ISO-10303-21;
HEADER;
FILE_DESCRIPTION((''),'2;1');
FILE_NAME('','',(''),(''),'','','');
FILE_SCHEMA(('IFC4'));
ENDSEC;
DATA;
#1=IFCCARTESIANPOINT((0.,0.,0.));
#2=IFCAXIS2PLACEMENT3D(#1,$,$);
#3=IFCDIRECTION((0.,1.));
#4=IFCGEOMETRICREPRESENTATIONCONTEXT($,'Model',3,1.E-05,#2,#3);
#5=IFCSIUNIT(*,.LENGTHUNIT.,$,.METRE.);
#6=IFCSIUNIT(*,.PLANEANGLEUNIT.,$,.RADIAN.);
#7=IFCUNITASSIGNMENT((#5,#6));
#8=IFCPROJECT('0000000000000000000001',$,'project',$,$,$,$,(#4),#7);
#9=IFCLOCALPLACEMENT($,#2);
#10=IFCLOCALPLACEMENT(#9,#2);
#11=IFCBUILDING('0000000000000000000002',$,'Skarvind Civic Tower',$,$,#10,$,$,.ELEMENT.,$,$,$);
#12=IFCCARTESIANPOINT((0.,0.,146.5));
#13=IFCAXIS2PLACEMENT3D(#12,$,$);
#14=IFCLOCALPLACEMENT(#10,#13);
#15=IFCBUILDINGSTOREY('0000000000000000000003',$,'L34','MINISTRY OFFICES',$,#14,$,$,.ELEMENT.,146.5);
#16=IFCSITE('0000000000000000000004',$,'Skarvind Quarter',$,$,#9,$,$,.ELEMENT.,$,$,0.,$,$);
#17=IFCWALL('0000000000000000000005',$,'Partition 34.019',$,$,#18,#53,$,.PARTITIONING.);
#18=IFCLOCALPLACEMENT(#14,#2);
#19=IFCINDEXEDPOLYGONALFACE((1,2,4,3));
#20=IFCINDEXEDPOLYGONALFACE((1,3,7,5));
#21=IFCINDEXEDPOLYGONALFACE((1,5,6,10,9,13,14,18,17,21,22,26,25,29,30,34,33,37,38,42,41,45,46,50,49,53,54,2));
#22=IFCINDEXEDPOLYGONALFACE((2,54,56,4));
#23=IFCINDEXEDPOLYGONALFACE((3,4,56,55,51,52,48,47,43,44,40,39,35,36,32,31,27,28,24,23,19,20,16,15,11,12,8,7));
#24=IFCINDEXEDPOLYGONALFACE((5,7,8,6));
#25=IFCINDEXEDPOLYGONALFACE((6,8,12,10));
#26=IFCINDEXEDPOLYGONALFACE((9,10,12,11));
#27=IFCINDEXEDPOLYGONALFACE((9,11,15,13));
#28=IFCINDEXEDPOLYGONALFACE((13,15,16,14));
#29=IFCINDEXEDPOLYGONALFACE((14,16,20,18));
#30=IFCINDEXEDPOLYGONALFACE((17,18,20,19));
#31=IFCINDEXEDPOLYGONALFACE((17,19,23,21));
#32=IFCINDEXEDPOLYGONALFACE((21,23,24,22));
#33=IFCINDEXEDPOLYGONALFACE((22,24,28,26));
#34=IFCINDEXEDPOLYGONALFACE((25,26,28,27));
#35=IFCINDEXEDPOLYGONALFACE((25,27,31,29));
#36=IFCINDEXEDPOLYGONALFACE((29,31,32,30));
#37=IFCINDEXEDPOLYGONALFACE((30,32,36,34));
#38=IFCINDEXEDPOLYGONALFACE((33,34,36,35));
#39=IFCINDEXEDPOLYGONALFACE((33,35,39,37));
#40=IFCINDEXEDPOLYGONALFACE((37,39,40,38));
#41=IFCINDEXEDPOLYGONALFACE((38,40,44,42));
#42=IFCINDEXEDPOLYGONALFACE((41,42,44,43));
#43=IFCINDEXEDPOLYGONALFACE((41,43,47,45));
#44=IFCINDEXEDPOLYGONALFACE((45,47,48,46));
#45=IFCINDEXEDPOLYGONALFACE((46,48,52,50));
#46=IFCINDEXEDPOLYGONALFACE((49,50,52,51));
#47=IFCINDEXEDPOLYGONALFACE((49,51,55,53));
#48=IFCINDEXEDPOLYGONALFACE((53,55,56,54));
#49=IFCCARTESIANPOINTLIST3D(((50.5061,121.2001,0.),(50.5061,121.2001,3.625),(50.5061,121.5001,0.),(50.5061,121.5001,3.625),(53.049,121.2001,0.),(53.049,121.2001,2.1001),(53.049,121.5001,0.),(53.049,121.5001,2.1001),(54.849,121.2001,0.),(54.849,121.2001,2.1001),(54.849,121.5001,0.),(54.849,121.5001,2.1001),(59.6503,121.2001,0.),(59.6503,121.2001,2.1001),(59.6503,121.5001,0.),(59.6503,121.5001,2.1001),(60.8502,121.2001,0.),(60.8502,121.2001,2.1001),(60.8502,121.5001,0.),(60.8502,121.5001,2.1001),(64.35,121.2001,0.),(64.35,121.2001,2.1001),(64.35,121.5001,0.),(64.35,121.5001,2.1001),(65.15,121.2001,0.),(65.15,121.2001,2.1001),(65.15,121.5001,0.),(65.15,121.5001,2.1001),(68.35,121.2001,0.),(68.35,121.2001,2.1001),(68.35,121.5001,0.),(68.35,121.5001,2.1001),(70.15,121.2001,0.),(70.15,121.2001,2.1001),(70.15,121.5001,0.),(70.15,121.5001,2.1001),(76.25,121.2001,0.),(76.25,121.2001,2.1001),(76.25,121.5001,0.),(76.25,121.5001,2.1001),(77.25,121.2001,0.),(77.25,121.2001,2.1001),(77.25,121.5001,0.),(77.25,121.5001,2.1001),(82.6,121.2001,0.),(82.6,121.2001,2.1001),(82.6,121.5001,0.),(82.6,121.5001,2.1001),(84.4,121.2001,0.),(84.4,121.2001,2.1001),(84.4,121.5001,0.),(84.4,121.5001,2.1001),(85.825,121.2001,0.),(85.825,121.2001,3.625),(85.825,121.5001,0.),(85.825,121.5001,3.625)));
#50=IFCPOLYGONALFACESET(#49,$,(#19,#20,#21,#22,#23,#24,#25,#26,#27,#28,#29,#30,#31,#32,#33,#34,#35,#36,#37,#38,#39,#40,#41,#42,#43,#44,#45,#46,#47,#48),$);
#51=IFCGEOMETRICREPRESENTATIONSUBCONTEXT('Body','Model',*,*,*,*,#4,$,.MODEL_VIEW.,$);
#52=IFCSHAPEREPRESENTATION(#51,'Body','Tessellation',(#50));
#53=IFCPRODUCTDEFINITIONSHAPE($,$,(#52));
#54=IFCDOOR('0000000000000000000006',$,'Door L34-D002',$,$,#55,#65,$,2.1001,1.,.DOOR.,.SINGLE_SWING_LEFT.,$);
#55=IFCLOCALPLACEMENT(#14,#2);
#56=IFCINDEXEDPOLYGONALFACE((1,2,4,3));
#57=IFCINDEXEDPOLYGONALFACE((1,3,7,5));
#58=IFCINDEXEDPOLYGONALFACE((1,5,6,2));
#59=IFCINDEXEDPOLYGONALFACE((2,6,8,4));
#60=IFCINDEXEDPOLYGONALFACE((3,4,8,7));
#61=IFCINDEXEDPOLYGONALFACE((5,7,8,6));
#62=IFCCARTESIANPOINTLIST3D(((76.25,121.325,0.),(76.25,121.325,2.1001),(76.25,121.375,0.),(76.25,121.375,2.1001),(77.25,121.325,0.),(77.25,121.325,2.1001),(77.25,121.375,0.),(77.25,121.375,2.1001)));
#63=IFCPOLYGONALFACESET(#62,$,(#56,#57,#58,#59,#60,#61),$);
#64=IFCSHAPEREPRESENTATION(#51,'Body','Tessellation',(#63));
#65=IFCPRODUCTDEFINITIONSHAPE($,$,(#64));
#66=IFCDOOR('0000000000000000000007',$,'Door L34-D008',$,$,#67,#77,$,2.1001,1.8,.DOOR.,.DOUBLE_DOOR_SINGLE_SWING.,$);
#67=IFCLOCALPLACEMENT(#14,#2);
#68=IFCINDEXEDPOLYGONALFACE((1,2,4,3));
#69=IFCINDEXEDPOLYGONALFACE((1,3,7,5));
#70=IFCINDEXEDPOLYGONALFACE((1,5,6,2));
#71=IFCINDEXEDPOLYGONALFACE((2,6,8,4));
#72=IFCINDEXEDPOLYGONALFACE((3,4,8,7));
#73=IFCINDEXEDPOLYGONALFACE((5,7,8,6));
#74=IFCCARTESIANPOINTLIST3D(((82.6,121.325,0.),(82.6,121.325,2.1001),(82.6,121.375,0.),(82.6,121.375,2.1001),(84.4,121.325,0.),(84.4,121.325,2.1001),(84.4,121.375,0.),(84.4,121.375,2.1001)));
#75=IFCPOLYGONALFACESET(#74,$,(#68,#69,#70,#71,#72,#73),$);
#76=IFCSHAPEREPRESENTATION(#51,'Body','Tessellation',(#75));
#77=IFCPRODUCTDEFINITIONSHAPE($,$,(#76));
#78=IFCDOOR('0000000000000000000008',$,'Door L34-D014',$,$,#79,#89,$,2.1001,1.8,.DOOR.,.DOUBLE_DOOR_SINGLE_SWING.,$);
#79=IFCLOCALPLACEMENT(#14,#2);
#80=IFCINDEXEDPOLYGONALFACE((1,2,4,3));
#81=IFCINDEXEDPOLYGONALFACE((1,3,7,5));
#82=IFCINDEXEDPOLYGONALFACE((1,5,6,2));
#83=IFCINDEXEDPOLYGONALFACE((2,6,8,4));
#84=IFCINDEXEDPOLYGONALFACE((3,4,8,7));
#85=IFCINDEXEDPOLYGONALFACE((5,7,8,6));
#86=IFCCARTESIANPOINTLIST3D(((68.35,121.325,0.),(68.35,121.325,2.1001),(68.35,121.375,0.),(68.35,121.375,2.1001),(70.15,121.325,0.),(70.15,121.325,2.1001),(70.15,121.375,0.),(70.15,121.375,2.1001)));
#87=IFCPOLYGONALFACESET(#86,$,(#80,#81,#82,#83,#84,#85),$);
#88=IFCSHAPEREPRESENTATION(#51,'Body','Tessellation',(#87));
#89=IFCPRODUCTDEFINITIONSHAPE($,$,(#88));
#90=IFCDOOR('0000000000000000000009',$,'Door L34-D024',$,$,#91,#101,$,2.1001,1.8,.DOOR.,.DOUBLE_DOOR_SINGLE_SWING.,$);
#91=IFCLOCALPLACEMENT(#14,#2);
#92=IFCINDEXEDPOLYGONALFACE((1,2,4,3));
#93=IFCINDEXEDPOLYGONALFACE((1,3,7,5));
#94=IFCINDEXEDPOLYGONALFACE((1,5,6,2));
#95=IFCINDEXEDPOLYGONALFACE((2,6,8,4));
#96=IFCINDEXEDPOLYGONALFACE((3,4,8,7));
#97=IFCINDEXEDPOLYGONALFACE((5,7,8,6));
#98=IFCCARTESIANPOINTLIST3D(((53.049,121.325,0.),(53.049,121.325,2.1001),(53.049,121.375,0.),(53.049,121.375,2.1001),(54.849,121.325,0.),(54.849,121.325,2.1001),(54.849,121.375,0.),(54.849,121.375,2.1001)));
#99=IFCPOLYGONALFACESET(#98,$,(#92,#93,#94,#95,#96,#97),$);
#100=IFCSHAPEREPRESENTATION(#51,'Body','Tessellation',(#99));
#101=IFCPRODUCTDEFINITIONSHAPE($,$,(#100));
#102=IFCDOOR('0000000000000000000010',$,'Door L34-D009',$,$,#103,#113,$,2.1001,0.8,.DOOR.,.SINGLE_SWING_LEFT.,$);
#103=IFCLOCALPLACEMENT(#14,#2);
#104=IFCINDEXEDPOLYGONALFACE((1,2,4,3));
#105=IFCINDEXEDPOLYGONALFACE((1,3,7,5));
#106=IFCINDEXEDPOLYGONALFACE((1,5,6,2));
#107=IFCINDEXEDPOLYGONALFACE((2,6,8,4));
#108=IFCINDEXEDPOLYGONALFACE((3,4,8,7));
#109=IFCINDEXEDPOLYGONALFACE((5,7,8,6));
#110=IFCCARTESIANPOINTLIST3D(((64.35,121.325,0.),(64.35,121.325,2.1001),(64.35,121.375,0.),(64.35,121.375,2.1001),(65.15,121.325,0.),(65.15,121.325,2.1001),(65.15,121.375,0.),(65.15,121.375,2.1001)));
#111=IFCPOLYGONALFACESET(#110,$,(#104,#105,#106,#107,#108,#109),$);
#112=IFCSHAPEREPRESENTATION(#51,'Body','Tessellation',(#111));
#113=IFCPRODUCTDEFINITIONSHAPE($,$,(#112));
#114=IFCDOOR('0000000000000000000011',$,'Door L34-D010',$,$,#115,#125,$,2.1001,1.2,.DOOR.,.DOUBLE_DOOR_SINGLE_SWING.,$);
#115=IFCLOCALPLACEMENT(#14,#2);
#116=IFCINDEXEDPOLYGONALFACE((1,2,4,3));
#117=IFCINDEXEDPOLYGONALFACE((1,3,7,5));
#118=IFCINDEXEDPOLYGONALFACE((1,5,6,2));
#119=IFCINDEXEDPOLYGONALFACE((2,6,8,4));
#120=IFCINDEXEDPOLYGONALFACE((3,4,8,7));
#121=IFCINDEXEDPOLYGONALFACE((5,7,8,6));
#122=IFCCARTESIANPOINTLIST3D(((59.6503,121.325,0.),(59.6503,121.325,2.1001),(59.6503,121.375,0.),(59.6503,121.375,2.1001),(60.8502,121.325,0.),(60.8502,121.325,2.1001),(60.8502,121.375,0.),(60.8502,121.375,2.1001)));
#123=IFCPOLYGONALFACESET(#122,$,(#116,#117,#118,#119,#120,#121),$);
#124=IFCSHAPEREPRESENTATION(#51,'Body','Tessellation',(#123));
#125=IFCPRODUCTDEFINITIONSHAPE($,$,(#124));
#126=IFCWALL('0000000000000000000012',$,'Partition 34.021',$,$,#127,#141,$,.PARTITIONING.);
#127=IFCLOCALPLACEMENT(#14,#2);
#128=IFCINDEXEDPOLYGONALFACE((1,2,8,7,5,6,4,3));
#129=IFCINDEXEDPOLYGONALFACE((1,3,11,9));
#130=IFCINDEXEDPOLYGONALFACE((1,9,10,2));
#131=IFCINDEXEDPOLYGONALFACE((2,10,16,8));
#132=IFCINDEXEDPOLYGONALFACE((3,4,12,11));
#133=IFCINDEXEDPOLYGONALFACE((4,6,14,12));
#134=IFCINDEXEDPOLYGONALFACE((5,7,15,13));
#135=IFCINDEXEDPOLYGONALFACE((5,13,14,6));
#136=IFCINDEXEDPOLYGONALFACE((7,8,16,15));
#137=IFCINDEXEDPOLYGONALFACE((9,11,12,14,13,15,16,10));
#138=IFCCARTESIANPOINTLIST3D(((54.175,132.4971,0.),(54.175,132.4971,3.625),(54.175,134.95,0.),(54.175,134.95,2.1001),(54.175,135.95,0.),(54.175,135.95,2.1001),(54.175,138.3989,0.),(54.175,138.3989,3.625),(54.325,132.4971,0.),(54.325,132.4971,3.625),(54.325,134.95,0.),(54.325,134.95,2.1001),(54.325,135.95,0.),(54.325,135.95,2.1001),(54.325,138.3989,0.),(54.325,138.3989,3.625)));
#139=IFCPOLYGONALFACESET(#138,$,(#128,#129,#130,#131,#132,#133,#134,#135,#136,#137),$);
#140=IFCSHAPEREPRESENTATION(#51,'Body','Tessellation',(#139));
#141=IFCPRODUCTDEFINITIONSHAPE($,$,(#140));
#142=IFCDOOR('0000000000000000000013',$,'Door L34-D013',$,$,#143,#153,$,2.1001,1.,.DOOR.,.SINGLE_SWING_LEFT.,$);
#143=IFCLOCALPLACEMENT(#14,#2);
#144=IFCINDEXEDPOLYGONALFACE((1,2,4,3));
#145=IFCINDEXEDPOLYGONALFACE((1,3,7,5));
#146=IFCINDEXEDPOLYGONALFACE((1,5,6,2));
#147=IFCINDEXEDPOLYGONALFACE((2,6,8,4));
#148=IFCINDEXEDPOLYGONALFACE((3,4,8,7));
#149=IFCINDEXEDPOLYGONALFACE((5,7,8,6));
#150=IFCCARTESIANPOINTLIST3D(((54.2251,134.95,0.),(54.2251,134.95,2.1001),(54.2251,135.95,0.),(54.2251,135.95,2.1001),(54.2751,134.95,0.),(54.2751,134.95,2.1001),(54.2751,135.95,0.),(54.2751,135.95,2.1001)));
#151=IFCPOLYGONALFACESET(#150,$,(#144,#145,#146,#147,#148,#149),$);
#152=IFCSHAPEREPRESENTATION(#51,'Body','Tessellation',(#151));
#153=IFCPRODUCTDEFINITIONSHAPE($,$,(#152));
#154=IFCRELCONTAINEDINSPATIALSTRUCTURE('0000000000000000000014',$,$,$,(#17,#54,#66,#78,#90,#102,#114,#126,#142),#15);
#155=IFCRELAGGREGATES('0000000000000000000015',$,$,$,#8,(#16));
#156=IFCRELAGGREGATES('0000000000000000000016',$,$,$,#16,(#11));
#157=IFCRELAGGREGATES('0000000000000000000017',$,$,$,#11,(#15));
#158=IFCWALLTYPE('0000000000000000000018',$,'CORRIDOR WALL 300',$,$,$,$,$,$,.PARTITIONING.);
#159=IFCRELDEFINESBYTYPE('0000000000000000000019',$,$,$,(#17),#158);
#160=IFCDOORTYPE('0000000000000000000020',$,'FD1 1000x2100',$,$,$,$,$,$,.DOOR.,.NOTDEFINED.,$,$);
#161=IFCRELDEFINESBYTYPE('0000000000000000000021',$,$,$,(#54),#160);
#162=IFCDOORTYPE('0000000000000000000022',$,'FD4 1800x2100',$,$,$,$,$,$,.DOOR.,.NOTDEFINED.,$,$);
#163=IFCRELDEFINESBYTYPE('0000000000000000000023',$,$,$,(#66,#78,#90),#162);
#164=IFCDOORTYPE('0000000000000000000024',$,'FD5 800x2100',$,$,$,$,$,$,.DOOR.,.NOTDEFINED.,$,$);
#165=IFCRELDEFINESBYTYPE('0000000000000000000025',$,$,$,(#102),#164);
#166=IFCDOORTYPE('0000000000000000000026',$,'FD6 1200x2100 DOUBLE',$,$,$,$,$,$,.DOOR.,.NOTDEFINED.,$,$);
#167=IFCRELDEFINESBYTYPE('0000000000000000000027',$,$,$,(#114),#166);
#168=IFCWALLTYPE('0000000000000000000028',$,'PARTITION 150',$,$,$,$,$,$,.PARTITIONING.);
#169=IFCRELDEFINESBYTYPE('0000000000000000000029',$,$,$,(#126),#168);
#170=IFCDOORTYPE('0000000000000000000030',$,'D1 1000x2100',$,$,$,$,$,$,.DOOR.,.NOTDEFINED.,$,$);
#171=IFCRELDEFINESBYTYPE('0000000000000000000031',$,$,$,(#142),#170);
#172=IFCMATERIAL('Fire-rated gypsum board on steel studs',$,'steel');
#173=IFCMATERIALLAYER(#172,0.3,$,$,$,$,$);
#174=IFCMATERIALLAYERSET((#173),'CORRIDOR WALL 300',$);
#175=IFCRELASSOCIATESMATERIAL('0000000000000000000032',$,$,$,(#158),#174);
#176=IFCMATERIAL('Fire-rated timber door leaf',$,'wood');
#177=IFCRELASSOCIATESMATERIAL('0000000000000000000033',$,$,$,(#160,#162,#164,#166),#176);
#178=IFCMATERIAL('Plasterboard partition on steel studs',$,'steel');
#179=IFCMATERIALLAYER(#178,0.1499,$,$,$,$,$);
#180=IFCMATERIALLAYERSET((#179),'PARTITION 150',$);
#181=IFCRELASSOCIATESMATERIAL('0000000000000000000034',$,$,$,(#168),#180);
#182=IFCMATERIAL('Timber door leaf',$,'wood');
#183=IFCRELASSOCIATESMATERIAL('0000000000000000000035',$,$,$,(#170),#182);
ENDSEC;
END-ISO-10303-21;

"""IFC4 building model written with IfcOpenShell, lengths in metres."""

from ifc_helpers import new_model, si_unit, direction, frame, frame_2d, origin, place, context, subcontext, project, spatial, rectangle, extrude, material, layer, layer_set, type_object, element, fill, save


model = new_model("IFC4")

# Units and contexts
model_context = context("Model", 3, precision=1e-05, world=origin(), true_north=direction((0.0, 1.0)))
body_context = subcontext(model_context, "Body", "Model", "MODEL_VIEW")
ifc_project = project(units=[si_unit("LENGTHUNIT", "METRE"), si_unit("PLANEANGLEUNIT", "RADIAN")], contexts=[model_context])

# Site, building, storey
site_placement = place(None, origin())
site = spatial("IfcSite", under=ifc_project, at=site_placement, Name="Skarvind Quarter", CompositionType="ELEMENT", RefElevation=0.0)
building_placement = place(site_placement, origin())
building = spatial("IfcBuilding", under=site, at=building_placement, Name="Skarvind Civic Tower", CompositionType="ELEMENT")
storey_placement = place(building_placement, frame((0.0, 0.0, 146.5)))
storey = spatial("IfcBuildingStorey", under=building, at=storey_placement, Name="L34", Description="MINISTRY OFFICES", CompositionType="ELEMENT", Elevation=146.5)

# Wall, openings, doors
ifc_material_1 = material(Name="Fire-rated gypsum board on steel studs", Category="steel")
ifc_layer_1 = layer(ifc_material_1, 0.3)
ifc_layer_set_1 = layer_set([ifc_layer_1], Name="CORRIDOR WALL 300")
wall_type_1 = type_object("IfcWallType", Name="CORRIDOR WALL 300", PredefinedType="PARTITIONING", material=ifc_layer_set_1)
wall_1_placement = place(storey_placement, frame((50.5061, 121.3501, 0.0), z_axis=(0.0, 0.0, 1.0), x_axis=(1.0, 0.0, 0.0)))
wall_1 = element("IfcWall", 1, at=wall_1_placement, inside=storey, type_object=wall_type_1, Name="Partition 34.019", PredefinedType="PARTITIONING", context=body_context, shape_type="SweptSolid", body=[
    extrude(rectangle(XDim=35.3188, YDim=0.3, at=frame_2d((17.6594, 0.0))), origin(), (0.0, 0.0, 1.0), 3.625),
])
opening_1_placement = place(wall_1_placement, frame((25.7439, 0.0, 0.0)))
opening_1 = element("IfcOpeningElement", 2, at=opening_1_placement, cuts=wall_1, PredefinedType="OPENING", context=body_context, shape_type="SweptSolid", body=[
    extrude(rectangle(XDim=1.0, YDim=2.1001, at=frame_2d((0.5, 1.05))), frame((0.0, 0.1599, 0.0), z_axis=(0.0, -1.0, 0.0), x_axis=(1.0, 0.0, 0.0)), (0.0, 0.0, 1.0), 0.3201),
])
opening_2_placement = place(wall_1_placement, frame((32.094, 0.0, 0.0)))
opening_2 = element("IfcOpeningElement", 3, at=opening_2_placement, cuts=wall_1, PredefinedType="OPENING", context=body_context, shape_type="SweptSolid", body=[
    extrude(rectangle(XDim=1.8, YDim=2.1001, at=frame_2d((0.8999, 1.05))), frame((0.0, 0.1599, 0.0), z_axis=(0.0, -1.0, 0.0), x_axis=(1.0, 0.0, 0.0)), (0.0, 0.0, 1.0), 0.3201),
])
opening_3_placement = place(wall_1_placement, frame((13.844, 0.0, 0.0)))
opening_3 = element("IfcOpeningElement", 4, at=opening_3_placement, cuts=wall_1, PredefinedType="OPENING", context=body_context, shape_type="SweptSolid", body=[
    extrude(rectangle(XDim=0.8, YDim=2.1001, at=frame_2d((0.3999, 1.05))), frame((0.0, 0.1599, 0.0), z_axis=(0.0, -1.0, 0.0), x_axis=(1.0, 0.0, 0.0)), (0.0, 0.0, 1.0), 0.3201),
])
opening_4_placement = place(wall_1_placement, frame((9.144, 0.0, 0.0)))
opening_4 = element("IfcOpeningElement", 5, at=opening_4_placement, cuts=wall_1, PredefinedType="OPENING", context=body_context, shape_type="SweptSolid", body=[
    extrude(rectangle(XDim=1.2, YDim=2.1001, at=frame_2d((0.6001, 1.05))), frame((0.0, 0.1599, 0.0), z_axis=(0.0, -1.0, 0.0), x_axis=(1.0, 0.0, 0.0)), (0.0, 0.0, 1.0), 0.3201),
])
opening_5_placement = place(wall_1_placement, frame((17.844, 0.0, 0.0)))
opening_5 = element("IfcOpeningElement", 6, at=opening_5_placement, cuts=wall_1, PredefinedType="OPENING", context=body_context, shape_type="SweptSolid", body=[
    extrude(rectangle(XDim=1.8, YDim=2.1001, at=frame_2d((0.8999, 1.05))), frame((0.0, 0.1599, 0.0), z_axis=(0.0, -1.0, 0.0), x_axis=(1.0, 0.0, 0.0)), (0.0, 0.0, 1.0), 0.3201),
])
opening_6_placement = place(wall_1_placement, frame((2.543, 0.0, 0.0)))
opening_6 = element("IfcOpeningElement", 7, at=opening_6_placement, cuts=wall_1, PredefinedType="OPENING", context=body_context, shape_type="SweptSolid", body=[
    extrude(rectangle(XDim=1.8, YDim=2.1001, at=frame_2d((0.8999, 1.05))), frame((0.0, 0.1599, 0.0), z_axis=(0.0, -1.0, 0.0), x_axis=(1.0, 0.0, 0.0)), (0.0, 0.0, 1.0), 0.3201),
])
ifc_material_2 = material(Name="Fire-rated timber door leaf", Category="wood")
door_type_1 = type_object("IfcDoorType", Name="FD1 1000x2100", OperationType="NOTDEFINED", PredefinedType="DOOR", material=ifc_material_2)
door_1_placement = place(opening_1_placement, origin())
door_1 = element("IfcDoor", 8, at=door_1_placement, inside=storey, type_object=door_type_1, Name="Door L34-D002", OperationType="SINGLE_SWING_LEFT", OverallHeight=2.1001, OverallWidth=1.0, PredefinedType="DOOR", context=body_context, shape_type="SweptSolid", body=[
    extrude(rectangle(XDim=1.0, YDim=2.1001, at=frame_2d((0.5, 1.05))), frame((0.0, 0.0249, 0.0), z_axis=(0.0, -1.0, 0.0), x_axis=(1.0, 0.0, 0.0)), (0.0, 0.0, 1.0), 0.05),
])
fill(opening_1, door_1)
door_type_2 = type_object("IfcDoorType", Name="FD4 1800x2100", OperationType="NOTDEFINED", PredefinedType="DOOR", material=ifc_material_2)
door_2_placement = place(opening_2_placement, origin())
door_2 = element("IfcDoor", 9, at=door_2_placement, inside=storey, type_object=door_type_2, Name="Door L34-D008", OperationType="DOUBLE_DOOR_SINGLE_SWING", OverallHeight=2.1001, OverallWidth=1.8, PredefinedType="DOOR", context=body_context, shape_type="SweptSolid", body=[
    extrude(rectangle(XDim=1.8, YDim=2.1001, at=frame_2d((0.8999, 1.05))), frame((0.0, 0.0249, 0.0), z_axis=(0.0, -1.0, 0.0), x_axis=(1.0, 0.0, 0.0)), (0.0, 0.0, 1.0), 0.05),
])
fill(opening_2, door_2)
door_3_placement = place(opening_5_placement, origin())
door_3 = element("IfcDoor", 10, at=door_3_placement, inside=storey, type_object=door_type_2, Name="Door L34-D014", OperationType="DOUBLE_DOOR_SINGLE_SWING", OverallHeight=2.1001, OverallWidth=1.8, PredefinedType="DOOR", context=body_context, shape_type="SweptSolid", body=[
    extrude(rectangle(XDim=1.8, YDim=2.1001, at=frame_2d((0.8999, 1.05))), frame((0.0, 0.0249, 0.0), z_axis=(0.0, -1.0, 0.0), x_axis=(1.0, 0.0, 0.0)), (0.0, 0.0, 1.0), 0.05),
])
fill(opening_5, door_3)
door_4_placement = place(opening_6_placement, origin())
door_4 = element("IfcDoor", 11, at=door_4_placement, inside=storey, type_object=door_type_2, Name="Door L34-D024", OperationType="DOUBLE_DOOR_SINGLE_SWING", OverallHeight=2.1001, OverallWidth=1.8, PredefinedType="DOOR", context=body_context, shape_type="SweptSolid", body=[
    extrude(rectangle(XDim=1.8, YDim=2.1001, at=frame_2d((0.8999, 1.05))), frame((0.0, 0.0249, 0.0), z_axis=(0.0, -1.0, 0.0), x_axis=(1.0, 0.0, 0.0)), (0.0, 0.0, 1.0), 0.05),
])
fill(opening_6, door_4)
door_type_3 = type_object("IfcDoorType", Name="FD5 800x2100", OperationType="NOTDEFINED", PredefinedType="DOOR", material=ifc_material_2)
door_5_placement = place(opening_3_placement, origin())
door_5 = element("IfcDoor", 12, at=door_5_placement, inside=storey, type_object=door_type_3, Name="Door L34-D009", OperationType="SINGLE_SWING_LEFT", OverallHeight=2.1001, OverallWidth=0.8, PredefinedType="DOOR", context=body_context, shape_type="SweptSolid", body=[
    extrude(rectangle(XDim=0.8, YDim=2.1001, at=frame_2d((0.3999, 1.05))), frame((0.0, 0.0249, 0.0), z_axis=(0.0, -1.0, 0.0), x_axis=(1.0, 0.0, 0.0)), (0.0, 0.0, 1.0), 0.05),
])
fill(opening_3, door_5)
door_type_4 = type_object("IfcDoorType", Name="FD6 1200x2100 DOUBLE", OperationType="NOTDEFINED", PredefinedType="DOOR", material=ifc_material_2)
door_6_placement = place(opening_4_placement, origin())
door_6 = element("IfcDoor", 13, at=door_6_placement, inside=storey, type_object=door_type_4, Name="Door L34-D010", OperationType="DOUBLE_DOOR_SINGLE_SWING", OverallHeight=2.1001, OverallWidth=1.2, PredefinedType="DOOR", context=body_context, shape_type="SweptSolid", body=[
    extrude(rectangle(XDim=1.2, YDim=2.1001, at=frame_2d((0.6001, 1.05))), frame((0.0, 0.0249, 0.0), z_axis=(0.0, -1.0, 0.0), x_axis=(1.0, 0.0, 0.0)), (0.0, 0.0, 1.0), 0.05),
])
fill(opening_4, door_6)

# Wall, opening, door
ifc_material_3 = material(Name="Plasterboard partition on steel studs", Category="steel")
ifc_layer_2 = layer(ifc_material_3, 0.1499)
ifc_layer_set_2 = layer_set([ifc_layer_2], Name="PARTITION 150")
wall_type_2 = type_object("IfcWallType", Name="PARTITION 150", PredefinedType="PARTITIONING", material=ifc_layer_set_2)
wall_2_placement = place(storey_placement, frame((54.25, 132.4971, 0.0), z_axis=(0.0, 0.0, 1.0), x_axis=(0.0, 1.0, 0.0)))
wall_2 = element("IfcWall", 14, at=wall_2_placement, inside=storey, type_object=wall_type_2, Name="Partition 34.021", PredefinedType="PARTITIONING", context=body_context, shape_type="SweptSolid", body=[
    extrude(rectangle(XDim=5.9019, YDim=0.1499, at=frame_2d((2.9509, 0.0))), origin(), (0.0, 0.0, 1.0), 3.625),
])
opening_7_placement = place(wall_2_placement, frame((2.4529, 0.0, 0.0)))
opening_7 = element("IfcOpeningElement", 15, at=opening_7_placement, cuts=wall_2, PredefinedType="OPENING", context=body_context, shape_type="SweptSolid", body=[
    extrude(rectangle(XDim=1.0, YDim=2.1001, at=frame_2d((0.5, 1.05))), frame((0.0, 0.085, 0.0), z_axis=(0.0, -1.0, 0.0), x_axis=(1.0, 0.0, 0.0)), (0.0, 0.0, 1.0), 0.1699),
])
ifc_material_4 = material(Name="Timber door leaf", Category="wood")
door_type_5 = type_object("IfcDoorType", Name="D1 1000x2100", OperationType="NOTDEFINED", PredefinedType="DOOR", material=ifc_material_4)
door_7_placement = place(opening_7_placement, origin())
door_7 = element("IfcDoor", 16, at=door_7_placement, inside=storey, type_object=door_type_5, Name="Door L34-D013", OperationType="SINGLE_SWING_LEFT", OverallHeight=2.1001, OverallWidth=1.0, PredefinedType="DOOR", context=body_context, shape_type="SweptSolid", body=[
    extrude(rectangle(XDim=1.0, YDim=2.1001, at=frame_2d((0.5, 1.05))), frame((0.0, 0.0249, 0.0), z_axis=(0.0, -1.0, 0.0), x_axis=(1.0, 0.0, 0.0)), (0.0, 0.0, 1.0), 0.05),
])
fill(opening_7, door_7)

save(model, "model.ifc")
